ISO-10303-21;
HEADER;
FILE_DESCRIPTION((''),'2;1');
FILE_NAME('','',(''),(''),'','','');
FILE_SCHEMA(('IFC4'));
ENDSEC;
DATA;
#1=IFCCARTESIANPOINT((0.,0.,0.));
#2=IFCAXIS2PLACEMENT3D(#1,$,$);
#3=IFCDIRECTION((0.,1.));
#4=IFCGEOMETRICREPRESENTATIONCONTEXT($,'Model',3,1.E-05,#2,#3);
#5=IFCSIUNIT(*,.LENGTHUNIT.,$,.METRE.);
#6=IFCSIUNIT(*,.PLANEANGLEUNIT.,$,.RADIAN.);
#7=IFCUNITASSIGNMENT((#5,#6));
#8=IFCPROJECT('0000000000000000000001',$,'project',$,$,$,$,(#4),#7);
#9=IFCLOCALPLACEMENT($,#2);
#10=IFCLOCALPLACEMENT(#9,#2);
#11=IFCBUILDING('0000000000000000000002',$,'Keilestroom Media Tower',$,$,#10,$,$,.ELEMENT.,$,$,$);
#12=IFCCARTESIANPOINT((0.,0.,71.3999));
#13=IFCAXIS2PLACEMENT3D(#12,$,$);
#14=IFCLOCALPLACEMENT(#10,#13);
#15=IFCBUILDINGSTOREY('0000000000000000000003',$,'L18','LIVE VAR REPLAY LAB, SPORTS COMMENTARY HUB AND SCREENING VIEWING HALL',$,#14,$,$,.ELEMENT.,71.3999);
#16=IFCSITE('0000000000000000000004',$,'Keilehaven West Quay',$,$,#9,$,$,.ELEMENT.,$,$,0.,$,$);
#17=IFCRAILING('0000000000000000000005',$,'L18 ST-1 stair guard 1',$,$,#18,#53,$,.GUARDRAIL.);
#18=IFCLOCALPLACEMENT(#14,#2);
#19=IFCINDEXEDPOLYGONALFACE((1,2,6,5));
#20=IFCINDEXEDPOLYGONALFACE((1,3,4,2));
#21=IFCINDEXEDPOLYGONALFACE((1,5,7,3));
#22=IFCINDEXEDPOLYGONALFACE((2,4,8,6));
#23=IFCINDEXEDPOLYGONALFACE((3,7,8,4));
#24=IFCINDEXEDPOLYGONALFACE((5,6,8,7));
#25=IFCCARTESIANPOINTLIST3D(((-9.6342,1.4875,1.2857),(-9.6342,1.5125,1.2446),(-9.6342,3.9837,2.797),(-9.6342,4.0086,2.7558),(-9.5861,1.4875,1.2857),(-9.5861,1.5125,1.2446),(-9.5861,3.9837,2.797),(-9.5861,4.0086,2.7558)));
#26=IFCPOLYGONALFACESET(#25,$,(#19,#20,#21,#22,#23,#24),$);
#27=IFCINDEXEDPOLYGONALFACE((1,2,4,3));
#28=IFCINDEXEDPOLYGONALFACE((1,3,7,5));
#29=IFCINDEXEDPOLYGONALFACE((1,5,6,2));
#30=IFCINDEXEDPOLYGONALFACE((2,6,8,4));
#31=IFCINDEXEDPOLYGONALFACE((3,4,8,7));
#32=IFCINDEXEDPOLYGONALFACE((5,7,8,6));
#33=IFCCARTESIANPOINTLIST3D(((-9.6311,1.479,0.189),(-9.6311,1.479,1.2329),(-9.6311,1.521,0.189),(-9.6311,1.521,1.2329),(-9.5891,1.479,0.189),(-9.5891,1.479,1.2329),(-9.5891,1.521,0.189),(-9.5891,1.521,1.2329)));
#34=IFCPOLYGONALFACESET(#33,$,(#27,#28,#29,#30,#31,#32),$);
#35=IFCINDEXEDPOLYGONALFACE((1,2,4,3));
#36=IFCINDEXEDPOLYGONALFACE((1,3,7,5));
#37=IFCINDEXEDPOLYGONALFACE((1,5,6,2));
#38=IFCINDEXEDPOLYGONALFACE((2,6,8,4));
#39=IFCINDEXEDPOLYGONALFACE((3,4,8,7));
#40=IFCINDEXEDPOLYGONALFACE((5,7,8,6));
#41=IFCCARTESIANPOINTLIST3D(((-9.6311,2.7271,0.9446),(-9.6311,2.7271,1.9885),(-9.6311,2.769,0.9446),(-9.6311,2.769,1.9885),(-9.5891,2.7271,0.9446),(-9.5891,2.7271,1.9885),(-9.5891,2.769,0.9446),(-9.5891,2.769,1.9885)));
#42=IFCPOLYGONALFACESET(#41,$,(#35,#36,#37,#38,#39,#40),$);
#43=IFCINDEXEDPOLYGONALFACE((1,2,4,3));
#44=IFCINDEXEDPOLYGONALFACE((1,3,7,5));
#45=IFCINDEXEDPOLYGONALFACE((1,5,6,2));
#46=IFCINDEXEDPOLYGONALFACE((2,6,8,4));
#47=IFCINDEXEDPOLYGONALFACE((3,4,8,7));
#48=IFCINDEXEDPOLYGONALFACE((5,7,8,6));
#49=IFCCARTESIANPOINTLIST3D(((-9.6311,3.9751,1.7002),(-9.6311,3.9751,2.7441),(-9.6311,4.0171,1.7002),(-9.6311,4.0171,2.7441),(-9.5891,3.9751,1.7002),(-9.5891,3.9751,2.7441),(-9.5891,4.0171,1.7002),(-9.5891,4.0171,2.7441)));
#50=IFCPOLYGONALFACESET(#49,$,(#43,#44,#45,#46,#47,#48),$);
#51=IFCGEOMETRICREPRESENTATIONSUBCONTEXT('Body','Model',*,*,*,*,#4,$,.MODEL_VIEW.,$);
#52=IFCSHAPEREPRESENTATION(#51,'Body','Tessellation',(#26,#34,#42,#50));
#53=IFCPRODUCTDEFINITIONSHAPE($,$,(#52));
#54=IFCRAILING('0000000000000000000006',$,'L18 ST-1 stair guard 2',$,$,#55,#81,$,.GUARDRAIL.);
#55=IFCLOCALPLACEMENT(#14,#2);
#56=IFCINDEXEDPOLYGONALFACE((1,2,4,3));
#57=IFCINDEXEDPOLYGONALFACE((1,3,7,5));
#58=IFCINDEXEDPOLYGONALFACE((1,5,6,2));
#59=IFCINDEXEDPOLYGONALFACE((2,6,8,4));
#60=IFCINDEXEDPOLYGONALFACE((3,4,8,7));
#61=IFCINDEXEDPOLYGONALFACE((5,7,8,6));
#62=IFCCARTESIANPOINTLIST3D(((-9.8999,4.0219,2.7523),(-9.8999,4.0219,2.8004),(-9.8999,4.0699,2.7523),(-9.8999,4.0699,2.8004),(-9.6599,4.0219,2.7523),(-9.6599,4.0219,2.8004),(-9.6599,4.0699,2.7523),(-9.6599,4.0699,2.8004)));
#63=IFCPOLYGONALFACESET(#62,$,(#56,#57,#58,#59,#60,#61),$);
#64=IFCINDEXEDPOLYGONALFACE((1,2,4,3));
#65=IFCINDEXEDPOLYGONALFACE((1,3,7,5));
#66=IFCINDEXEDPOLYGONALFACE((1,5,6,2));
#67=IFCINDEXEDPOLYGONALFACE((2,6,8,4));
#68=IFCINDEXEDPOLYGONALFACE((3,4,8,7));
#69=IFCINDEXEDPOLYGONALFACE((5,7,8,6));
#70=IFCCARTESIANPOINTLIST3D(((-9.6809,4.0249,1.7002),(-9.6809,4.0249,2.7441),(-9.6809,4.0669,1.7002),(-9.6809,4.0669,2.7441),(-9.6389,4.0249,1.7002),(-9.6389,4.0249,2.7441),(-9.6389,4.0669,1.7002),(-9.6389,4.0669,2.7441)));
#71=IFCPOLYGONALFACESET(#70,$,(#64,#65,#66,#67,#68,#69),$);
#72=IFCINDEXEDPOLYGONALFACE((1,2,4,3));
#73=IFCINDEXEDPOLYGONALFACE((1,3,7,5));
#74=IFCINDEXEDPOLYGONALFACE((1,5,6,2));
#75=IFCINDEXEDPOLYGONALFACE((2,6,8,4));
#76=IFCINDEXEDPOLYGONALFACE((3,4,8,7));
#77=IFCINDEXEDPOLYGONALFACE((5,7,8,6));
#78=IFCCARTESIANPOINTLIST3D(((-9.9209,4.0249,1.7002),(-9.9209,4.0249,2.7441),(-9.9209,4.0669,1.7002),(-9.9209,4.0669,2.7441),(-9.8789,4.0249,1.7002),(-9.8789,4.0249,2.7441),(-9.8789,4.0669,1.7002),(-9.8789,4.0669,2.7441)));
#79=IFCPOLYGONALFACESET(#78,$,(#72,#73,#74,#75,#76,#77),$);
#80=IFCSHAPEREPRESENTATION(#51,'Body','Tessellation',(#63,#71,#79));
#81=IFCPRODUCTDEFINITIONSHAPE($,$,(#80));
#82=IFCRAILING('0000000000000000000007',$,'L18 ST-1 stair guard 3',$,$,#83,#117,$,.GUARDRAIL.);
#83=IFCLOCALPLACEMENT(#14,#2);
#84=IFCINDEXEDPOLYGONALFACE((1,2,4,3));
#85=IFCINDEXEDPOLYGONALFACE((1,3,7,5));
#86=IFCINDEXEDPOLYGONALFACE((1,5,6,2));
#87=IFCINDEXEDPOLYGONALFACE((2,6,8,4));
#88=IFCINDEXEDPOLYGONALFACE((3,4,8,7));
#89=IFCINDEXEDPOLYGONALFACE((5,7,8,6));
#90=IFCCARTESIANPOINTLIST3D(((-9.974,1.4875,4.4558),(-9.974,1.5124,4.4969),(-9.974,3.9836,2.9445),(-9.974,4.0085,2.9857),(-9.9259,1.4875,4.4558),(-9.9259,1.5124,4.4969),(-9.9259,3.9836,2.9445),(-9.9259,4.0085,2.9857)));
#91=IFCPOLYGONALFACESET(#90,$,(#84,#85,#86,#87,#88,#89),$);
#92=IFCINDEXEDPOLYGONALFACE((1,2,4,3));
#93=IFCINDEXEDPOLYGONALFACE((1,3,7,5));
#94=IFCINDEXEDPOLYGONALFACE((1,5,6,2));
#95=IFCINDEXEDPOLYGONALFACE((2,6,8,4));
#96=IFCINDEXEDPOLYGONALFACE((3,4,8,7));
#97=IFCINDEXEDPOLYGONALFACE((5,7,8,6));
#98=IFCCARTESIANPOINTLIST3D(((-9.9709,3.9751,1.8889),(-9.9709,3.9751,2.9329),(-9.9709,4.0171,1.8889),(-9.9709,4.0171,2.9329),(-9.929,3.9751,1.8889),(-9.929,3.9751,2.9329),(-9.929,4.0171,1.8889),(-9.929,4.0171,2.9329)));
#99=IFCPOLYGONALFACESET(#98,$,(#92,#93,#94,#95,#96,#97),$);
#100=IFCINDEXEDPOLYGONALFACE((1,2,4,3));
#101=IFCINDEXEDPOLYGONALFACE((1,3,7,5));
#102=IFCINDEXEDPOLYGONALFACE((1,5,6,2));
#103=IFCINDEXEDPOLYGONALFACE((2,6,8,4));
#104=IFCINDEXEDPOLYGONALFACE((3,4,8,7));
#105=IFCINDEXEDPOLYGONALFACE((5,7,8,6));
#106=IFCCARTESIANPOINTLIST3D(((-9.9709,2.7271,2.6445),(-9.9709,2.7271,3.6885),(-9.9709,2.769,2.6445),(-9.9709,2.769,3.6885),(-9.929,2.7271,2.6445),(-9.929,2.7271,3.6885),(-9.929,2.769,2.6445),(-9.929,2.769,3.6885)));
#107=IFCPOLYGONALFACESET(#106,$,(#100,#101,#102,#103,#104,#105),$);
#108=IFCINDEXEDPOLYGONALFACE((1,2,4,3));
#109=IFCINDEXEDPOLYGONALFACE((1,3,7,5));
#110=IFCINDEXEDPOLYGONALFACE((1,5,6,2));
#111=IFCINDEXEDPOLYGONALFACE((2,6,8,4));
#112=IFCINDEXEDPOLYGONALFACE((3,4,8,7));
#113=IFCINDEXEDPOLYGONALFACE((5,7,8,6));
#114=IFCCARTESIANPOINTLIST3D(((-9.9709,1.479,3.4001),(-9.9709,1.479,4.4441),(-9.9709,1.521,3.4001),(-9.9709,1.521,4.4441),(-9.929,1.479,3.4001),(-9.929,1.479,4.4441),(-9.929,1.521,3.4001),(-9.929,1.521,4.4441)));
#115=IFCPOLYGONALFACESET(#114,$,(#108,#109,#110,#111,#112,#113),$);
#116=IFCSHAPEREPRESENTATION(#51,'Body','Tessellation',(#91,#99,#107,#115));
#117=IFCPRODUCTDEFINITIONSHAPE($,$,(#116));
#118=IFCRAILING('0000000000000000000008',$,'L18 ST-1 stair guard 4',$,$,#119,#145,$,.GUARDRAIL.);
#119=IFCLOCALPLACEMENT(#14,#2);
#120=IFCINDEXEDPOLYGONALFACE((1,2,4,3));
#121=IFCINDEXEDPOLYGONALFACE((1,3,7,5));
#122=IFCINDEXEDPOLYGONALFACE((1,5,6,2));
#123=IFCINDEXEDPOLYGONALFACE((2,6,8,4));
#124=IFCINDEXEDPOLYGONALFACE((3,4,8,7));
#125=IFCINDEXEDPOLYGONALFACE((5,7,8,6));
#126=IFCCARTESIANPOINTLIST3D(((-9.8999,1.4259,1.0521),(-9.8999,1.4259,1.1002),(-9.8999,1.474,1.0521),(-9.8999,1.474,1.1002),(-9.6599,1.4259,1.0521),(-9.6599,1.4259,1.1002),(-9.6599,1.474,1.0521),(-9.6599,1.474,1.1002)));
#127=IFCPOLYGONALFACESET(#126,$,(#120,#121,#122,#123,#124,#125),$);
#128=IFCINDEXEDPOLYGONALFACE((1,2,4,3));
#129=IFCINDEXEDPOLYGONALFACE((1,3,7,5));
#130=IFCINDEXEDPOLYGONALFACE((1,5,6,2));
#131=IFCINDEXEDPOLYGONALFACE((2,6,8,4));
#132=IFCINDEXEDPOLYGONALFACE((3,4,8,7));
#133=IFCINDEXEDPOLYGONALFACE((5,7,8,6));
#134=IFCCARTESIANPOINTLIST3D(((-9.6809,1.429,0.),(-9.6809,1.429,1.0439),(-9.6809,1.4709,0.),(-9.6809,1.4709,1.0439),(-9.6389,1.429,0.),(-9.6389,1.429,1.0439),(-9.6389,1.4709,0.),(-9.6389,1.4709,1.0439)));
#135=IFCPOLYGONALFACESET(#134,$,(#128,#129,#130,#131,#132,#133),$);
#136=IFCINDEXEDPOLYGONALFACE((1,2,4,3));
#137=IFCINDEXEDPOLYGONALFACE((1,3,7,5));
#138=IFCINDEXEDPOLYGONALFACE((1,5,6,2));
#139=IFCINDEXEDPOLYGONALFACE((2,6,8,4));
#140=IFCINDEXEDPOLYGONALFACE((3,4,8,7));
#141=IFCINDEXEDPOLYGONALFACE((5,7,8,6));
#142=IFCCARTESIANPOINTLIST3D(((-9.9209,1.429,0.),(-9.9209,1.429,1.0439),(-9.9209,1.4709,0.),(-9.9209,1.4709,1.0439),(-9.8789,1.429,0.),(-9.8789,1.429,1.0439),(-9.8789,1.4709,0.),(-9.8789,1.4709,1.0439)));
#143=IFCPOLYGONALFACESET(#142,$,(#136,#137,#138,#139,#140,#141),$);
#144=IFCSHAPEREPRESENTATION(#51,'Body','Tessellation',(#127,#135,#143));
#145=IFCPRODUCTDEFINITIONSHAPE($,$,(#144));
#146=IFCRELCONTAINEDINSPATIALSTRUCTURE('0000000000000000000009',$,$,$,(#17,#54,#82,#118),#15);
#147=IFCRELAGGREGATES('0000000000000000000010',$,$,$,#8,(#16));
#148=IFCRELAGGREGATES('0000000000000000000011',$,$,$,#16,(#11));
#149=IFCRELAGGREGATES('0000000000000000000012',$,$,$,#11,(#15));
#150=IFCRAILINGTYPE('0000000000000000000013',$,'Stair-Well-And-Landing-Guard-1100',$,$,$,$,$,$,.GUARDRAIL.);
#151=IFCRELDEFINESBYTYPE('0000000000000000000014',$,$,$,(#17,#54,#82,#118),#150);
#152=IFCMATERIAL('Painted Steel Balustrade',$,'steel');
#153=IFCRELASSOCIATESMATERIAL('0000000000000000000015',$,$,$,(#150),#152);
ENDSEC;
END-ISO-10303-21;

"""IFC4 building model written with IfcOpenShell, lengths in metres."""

from ifc_helpers import new_model, si_unit, direction, frame, origin, origin_2d, place, context, subcontext, project, spatial, rectangle, extrude, material, type_object, element, save


model = new_model("IFC4")

# Units and contexts
model_context = context("Model", 3, precision=1e-05, world=origin(), true_north=direction((0.0, 1.0)))
body_context = subcontext(model_context, "Body", "Model", "MODEL_VIEW")
ifc_project = project(units=[si_unit("LENGTHUNIT", "METRE"), si_unit("PLANEANGLEUNIT", "RADIAN")], contexts=[model_context])

# Site, building, storey
site_placement = place(None, origin())
site = spatial("IfcSite", under=ifc_project, at=site_placement, Name="Keilehaven West Quay", CompositionType="ELEMENT", RefElevation=0.0)
building_placement = place(site_placement, origin())
building = spatial("IfcBuilding", under=site, at=building_placement, Name="Keilestroom Media Tower", CompositionType="ELEMENT")
storey_placement = place(building_placement, frame((0.0, 0.0, 71.3999)))
storey = spatial("IfcBuildingStorey", under=building, at=storey_placement, Name="L18", Description="LIVE VAR REPLAY LAB, SPORTS COMMENTARY HUB AND SCREENING VIEWING HALL", CompositionType="ELEMENT", Elevation=71.3999)

# Railings
ifc_material_1 = material(Name="Painted Steel Balustrade", Category="steel")
railing_type_1 = type_object("IfcRailingType", Name="Stair-Well-And-Landing-Guard-1100", PredefinedType="GUARDRAIL", material=ifc_material_1)
railing_1_placement = place(storey_placement, frame((-9.6101, 1.5, 0.189)))
element("IfcRailing", 1, at=railing_1_placement, inside=storey, type_object=railing_type_1, Name="L18 ST-1 stair guard 1", PredefinedType="GUARDRAIL", context=body_context, shape_type="SweptSolid", body=[
    extrude(rectangle(XDim=0.0481, YDim=0.0481, at=origin_2d()), frame((0.0, 0.0, 1.0762), z_axis=(0.0, 0.855434, 0.517912), x_axis=(-1.0, 0.0, 0.0)), (0.0, 0.0, 1.0), 2.918),
    extrude(rectangle(XDim=0.042, YDim=0.042, at=origin_2d()), origin(), (0.0, 0.0, 1.0), 1.0439),
    extrude(rectangle(XDim=0.042, YDim=0.042, at=origin_2d()), frame((0.0, 1.248, 0.7556)), (0.0, 0.0, 1.0), 1.0439),
    extrude(rectangle(XDim=0.042, YDim=0.042, at=origin_2d()), frame((0.0, 2.4961, 1.5112)), (0.0, 0.0, 1.0), 1.0439),
])
railing_2_placement = place(storey_placement, frame((-9.6599, 4.0459, 1.7002)))
element("IfcRailing", 2, at=railing_2_placement, inside=storey, type_object=railing_type_1, Name="L18 ST-1 stair guard 2", PredefinedType="GUARDRAIL", context=body_context, shape_type="SweptSolid", body=[
    extrude(rectangle(XDim=0.0481, YDim=0.0481, at=origin_2d()), frame((0.0, 0.0, 1.0762), z_axis=(-1.0, 0.0, 0.0), x_axis=(0.0, -1.0, 0.0)), (0.0, 0.0, 1.0), 0.24),
    extrude(rectangle(XDim=0.042, YDim=0.042, at=origin_2d()), origin(), (0.0, 0.0, 1.0), 1.0439),
    extrude(rectangle(XDim=0.042, YDim=0.042, at=origin_2d()), frame((-0.24, 0.0, 0.0)), (0.0, 0.0, 1.0), 1.0439),
])
railing_3_placement = place(storey_placement, frame((-9.95, 3.9961, 1.8889)))
element("IfcRailing", 3, at=railing_3_placement, inside=storey, type_object=railing_type_1, Name="L18 ST-1 stair guard 3", PredefinedType="GUARDRAIL", context=body_context, shape_type="SweptSolid", body=[
    extrude(rectangle(XDim=0.0481, YDim=0.0481, at=origin_2d()), frame((0.0, 0.0, 1.0762), z_axis=(0.0, -0.855434, 0.517912), x_axis=(1.0, 0.0, 0.0)), (0.0, 0.0, 1.0), 2.918),
    extrude(rectangle(XDim=0.042, YDim=0.042, at=origin_2d()), origin(), (0.0, 0.0, 1.0), 1.0439),
    extrude(rectangle(XDim=0.042, YDim=0.042, at=origin_2d()), frame((0.0, -1.248, 0.7556)), (0.0, 0.0, 1.0), 1.0439),
    extrude(rectangle(XDim=0.042, YDim=0.042, at=origin_2d()), frame((0.0, -2.4961, 1.5112)), (0.0, 0.0, 1.0), 1.0439),
])
railing_4_placement = place(storey_placement, frame((-9.6599, 1.45, 0.0)))
element("IfcRailing", 4, at=railing_4_placement, inside=storey, type_object=railing_type_1, Name="L18 ST-1 stair guard 4", PredefinedType="GUARDRAIL", context=body_context, shape_type="SweptSolid", body=[
    extrude(rectangle(XDim=0.0481, YDim=0.0481, at=origin_2d()), frame((0.0, 0.0, 1.0762), z_axis=(-1.0, 0.0, 0.0), x_axis=(0.0, -1.0, 0.0)), (0.0, 0.0, 1.0), 0.24),
    extrude(rectangle(XDim=0.042, YDim=0.042, at=origin_2d()), origin(), (0.0, 0.0, 1.0), 1.0439),
    extrude(rectangle(XDim=0.042, YDim=0.042, at=origin_2d()), frame((-0.24, 0.0, 0.0)), (0.0, 0.0, 1.0), 1.0439),
])

save(model, "model.ifc")
